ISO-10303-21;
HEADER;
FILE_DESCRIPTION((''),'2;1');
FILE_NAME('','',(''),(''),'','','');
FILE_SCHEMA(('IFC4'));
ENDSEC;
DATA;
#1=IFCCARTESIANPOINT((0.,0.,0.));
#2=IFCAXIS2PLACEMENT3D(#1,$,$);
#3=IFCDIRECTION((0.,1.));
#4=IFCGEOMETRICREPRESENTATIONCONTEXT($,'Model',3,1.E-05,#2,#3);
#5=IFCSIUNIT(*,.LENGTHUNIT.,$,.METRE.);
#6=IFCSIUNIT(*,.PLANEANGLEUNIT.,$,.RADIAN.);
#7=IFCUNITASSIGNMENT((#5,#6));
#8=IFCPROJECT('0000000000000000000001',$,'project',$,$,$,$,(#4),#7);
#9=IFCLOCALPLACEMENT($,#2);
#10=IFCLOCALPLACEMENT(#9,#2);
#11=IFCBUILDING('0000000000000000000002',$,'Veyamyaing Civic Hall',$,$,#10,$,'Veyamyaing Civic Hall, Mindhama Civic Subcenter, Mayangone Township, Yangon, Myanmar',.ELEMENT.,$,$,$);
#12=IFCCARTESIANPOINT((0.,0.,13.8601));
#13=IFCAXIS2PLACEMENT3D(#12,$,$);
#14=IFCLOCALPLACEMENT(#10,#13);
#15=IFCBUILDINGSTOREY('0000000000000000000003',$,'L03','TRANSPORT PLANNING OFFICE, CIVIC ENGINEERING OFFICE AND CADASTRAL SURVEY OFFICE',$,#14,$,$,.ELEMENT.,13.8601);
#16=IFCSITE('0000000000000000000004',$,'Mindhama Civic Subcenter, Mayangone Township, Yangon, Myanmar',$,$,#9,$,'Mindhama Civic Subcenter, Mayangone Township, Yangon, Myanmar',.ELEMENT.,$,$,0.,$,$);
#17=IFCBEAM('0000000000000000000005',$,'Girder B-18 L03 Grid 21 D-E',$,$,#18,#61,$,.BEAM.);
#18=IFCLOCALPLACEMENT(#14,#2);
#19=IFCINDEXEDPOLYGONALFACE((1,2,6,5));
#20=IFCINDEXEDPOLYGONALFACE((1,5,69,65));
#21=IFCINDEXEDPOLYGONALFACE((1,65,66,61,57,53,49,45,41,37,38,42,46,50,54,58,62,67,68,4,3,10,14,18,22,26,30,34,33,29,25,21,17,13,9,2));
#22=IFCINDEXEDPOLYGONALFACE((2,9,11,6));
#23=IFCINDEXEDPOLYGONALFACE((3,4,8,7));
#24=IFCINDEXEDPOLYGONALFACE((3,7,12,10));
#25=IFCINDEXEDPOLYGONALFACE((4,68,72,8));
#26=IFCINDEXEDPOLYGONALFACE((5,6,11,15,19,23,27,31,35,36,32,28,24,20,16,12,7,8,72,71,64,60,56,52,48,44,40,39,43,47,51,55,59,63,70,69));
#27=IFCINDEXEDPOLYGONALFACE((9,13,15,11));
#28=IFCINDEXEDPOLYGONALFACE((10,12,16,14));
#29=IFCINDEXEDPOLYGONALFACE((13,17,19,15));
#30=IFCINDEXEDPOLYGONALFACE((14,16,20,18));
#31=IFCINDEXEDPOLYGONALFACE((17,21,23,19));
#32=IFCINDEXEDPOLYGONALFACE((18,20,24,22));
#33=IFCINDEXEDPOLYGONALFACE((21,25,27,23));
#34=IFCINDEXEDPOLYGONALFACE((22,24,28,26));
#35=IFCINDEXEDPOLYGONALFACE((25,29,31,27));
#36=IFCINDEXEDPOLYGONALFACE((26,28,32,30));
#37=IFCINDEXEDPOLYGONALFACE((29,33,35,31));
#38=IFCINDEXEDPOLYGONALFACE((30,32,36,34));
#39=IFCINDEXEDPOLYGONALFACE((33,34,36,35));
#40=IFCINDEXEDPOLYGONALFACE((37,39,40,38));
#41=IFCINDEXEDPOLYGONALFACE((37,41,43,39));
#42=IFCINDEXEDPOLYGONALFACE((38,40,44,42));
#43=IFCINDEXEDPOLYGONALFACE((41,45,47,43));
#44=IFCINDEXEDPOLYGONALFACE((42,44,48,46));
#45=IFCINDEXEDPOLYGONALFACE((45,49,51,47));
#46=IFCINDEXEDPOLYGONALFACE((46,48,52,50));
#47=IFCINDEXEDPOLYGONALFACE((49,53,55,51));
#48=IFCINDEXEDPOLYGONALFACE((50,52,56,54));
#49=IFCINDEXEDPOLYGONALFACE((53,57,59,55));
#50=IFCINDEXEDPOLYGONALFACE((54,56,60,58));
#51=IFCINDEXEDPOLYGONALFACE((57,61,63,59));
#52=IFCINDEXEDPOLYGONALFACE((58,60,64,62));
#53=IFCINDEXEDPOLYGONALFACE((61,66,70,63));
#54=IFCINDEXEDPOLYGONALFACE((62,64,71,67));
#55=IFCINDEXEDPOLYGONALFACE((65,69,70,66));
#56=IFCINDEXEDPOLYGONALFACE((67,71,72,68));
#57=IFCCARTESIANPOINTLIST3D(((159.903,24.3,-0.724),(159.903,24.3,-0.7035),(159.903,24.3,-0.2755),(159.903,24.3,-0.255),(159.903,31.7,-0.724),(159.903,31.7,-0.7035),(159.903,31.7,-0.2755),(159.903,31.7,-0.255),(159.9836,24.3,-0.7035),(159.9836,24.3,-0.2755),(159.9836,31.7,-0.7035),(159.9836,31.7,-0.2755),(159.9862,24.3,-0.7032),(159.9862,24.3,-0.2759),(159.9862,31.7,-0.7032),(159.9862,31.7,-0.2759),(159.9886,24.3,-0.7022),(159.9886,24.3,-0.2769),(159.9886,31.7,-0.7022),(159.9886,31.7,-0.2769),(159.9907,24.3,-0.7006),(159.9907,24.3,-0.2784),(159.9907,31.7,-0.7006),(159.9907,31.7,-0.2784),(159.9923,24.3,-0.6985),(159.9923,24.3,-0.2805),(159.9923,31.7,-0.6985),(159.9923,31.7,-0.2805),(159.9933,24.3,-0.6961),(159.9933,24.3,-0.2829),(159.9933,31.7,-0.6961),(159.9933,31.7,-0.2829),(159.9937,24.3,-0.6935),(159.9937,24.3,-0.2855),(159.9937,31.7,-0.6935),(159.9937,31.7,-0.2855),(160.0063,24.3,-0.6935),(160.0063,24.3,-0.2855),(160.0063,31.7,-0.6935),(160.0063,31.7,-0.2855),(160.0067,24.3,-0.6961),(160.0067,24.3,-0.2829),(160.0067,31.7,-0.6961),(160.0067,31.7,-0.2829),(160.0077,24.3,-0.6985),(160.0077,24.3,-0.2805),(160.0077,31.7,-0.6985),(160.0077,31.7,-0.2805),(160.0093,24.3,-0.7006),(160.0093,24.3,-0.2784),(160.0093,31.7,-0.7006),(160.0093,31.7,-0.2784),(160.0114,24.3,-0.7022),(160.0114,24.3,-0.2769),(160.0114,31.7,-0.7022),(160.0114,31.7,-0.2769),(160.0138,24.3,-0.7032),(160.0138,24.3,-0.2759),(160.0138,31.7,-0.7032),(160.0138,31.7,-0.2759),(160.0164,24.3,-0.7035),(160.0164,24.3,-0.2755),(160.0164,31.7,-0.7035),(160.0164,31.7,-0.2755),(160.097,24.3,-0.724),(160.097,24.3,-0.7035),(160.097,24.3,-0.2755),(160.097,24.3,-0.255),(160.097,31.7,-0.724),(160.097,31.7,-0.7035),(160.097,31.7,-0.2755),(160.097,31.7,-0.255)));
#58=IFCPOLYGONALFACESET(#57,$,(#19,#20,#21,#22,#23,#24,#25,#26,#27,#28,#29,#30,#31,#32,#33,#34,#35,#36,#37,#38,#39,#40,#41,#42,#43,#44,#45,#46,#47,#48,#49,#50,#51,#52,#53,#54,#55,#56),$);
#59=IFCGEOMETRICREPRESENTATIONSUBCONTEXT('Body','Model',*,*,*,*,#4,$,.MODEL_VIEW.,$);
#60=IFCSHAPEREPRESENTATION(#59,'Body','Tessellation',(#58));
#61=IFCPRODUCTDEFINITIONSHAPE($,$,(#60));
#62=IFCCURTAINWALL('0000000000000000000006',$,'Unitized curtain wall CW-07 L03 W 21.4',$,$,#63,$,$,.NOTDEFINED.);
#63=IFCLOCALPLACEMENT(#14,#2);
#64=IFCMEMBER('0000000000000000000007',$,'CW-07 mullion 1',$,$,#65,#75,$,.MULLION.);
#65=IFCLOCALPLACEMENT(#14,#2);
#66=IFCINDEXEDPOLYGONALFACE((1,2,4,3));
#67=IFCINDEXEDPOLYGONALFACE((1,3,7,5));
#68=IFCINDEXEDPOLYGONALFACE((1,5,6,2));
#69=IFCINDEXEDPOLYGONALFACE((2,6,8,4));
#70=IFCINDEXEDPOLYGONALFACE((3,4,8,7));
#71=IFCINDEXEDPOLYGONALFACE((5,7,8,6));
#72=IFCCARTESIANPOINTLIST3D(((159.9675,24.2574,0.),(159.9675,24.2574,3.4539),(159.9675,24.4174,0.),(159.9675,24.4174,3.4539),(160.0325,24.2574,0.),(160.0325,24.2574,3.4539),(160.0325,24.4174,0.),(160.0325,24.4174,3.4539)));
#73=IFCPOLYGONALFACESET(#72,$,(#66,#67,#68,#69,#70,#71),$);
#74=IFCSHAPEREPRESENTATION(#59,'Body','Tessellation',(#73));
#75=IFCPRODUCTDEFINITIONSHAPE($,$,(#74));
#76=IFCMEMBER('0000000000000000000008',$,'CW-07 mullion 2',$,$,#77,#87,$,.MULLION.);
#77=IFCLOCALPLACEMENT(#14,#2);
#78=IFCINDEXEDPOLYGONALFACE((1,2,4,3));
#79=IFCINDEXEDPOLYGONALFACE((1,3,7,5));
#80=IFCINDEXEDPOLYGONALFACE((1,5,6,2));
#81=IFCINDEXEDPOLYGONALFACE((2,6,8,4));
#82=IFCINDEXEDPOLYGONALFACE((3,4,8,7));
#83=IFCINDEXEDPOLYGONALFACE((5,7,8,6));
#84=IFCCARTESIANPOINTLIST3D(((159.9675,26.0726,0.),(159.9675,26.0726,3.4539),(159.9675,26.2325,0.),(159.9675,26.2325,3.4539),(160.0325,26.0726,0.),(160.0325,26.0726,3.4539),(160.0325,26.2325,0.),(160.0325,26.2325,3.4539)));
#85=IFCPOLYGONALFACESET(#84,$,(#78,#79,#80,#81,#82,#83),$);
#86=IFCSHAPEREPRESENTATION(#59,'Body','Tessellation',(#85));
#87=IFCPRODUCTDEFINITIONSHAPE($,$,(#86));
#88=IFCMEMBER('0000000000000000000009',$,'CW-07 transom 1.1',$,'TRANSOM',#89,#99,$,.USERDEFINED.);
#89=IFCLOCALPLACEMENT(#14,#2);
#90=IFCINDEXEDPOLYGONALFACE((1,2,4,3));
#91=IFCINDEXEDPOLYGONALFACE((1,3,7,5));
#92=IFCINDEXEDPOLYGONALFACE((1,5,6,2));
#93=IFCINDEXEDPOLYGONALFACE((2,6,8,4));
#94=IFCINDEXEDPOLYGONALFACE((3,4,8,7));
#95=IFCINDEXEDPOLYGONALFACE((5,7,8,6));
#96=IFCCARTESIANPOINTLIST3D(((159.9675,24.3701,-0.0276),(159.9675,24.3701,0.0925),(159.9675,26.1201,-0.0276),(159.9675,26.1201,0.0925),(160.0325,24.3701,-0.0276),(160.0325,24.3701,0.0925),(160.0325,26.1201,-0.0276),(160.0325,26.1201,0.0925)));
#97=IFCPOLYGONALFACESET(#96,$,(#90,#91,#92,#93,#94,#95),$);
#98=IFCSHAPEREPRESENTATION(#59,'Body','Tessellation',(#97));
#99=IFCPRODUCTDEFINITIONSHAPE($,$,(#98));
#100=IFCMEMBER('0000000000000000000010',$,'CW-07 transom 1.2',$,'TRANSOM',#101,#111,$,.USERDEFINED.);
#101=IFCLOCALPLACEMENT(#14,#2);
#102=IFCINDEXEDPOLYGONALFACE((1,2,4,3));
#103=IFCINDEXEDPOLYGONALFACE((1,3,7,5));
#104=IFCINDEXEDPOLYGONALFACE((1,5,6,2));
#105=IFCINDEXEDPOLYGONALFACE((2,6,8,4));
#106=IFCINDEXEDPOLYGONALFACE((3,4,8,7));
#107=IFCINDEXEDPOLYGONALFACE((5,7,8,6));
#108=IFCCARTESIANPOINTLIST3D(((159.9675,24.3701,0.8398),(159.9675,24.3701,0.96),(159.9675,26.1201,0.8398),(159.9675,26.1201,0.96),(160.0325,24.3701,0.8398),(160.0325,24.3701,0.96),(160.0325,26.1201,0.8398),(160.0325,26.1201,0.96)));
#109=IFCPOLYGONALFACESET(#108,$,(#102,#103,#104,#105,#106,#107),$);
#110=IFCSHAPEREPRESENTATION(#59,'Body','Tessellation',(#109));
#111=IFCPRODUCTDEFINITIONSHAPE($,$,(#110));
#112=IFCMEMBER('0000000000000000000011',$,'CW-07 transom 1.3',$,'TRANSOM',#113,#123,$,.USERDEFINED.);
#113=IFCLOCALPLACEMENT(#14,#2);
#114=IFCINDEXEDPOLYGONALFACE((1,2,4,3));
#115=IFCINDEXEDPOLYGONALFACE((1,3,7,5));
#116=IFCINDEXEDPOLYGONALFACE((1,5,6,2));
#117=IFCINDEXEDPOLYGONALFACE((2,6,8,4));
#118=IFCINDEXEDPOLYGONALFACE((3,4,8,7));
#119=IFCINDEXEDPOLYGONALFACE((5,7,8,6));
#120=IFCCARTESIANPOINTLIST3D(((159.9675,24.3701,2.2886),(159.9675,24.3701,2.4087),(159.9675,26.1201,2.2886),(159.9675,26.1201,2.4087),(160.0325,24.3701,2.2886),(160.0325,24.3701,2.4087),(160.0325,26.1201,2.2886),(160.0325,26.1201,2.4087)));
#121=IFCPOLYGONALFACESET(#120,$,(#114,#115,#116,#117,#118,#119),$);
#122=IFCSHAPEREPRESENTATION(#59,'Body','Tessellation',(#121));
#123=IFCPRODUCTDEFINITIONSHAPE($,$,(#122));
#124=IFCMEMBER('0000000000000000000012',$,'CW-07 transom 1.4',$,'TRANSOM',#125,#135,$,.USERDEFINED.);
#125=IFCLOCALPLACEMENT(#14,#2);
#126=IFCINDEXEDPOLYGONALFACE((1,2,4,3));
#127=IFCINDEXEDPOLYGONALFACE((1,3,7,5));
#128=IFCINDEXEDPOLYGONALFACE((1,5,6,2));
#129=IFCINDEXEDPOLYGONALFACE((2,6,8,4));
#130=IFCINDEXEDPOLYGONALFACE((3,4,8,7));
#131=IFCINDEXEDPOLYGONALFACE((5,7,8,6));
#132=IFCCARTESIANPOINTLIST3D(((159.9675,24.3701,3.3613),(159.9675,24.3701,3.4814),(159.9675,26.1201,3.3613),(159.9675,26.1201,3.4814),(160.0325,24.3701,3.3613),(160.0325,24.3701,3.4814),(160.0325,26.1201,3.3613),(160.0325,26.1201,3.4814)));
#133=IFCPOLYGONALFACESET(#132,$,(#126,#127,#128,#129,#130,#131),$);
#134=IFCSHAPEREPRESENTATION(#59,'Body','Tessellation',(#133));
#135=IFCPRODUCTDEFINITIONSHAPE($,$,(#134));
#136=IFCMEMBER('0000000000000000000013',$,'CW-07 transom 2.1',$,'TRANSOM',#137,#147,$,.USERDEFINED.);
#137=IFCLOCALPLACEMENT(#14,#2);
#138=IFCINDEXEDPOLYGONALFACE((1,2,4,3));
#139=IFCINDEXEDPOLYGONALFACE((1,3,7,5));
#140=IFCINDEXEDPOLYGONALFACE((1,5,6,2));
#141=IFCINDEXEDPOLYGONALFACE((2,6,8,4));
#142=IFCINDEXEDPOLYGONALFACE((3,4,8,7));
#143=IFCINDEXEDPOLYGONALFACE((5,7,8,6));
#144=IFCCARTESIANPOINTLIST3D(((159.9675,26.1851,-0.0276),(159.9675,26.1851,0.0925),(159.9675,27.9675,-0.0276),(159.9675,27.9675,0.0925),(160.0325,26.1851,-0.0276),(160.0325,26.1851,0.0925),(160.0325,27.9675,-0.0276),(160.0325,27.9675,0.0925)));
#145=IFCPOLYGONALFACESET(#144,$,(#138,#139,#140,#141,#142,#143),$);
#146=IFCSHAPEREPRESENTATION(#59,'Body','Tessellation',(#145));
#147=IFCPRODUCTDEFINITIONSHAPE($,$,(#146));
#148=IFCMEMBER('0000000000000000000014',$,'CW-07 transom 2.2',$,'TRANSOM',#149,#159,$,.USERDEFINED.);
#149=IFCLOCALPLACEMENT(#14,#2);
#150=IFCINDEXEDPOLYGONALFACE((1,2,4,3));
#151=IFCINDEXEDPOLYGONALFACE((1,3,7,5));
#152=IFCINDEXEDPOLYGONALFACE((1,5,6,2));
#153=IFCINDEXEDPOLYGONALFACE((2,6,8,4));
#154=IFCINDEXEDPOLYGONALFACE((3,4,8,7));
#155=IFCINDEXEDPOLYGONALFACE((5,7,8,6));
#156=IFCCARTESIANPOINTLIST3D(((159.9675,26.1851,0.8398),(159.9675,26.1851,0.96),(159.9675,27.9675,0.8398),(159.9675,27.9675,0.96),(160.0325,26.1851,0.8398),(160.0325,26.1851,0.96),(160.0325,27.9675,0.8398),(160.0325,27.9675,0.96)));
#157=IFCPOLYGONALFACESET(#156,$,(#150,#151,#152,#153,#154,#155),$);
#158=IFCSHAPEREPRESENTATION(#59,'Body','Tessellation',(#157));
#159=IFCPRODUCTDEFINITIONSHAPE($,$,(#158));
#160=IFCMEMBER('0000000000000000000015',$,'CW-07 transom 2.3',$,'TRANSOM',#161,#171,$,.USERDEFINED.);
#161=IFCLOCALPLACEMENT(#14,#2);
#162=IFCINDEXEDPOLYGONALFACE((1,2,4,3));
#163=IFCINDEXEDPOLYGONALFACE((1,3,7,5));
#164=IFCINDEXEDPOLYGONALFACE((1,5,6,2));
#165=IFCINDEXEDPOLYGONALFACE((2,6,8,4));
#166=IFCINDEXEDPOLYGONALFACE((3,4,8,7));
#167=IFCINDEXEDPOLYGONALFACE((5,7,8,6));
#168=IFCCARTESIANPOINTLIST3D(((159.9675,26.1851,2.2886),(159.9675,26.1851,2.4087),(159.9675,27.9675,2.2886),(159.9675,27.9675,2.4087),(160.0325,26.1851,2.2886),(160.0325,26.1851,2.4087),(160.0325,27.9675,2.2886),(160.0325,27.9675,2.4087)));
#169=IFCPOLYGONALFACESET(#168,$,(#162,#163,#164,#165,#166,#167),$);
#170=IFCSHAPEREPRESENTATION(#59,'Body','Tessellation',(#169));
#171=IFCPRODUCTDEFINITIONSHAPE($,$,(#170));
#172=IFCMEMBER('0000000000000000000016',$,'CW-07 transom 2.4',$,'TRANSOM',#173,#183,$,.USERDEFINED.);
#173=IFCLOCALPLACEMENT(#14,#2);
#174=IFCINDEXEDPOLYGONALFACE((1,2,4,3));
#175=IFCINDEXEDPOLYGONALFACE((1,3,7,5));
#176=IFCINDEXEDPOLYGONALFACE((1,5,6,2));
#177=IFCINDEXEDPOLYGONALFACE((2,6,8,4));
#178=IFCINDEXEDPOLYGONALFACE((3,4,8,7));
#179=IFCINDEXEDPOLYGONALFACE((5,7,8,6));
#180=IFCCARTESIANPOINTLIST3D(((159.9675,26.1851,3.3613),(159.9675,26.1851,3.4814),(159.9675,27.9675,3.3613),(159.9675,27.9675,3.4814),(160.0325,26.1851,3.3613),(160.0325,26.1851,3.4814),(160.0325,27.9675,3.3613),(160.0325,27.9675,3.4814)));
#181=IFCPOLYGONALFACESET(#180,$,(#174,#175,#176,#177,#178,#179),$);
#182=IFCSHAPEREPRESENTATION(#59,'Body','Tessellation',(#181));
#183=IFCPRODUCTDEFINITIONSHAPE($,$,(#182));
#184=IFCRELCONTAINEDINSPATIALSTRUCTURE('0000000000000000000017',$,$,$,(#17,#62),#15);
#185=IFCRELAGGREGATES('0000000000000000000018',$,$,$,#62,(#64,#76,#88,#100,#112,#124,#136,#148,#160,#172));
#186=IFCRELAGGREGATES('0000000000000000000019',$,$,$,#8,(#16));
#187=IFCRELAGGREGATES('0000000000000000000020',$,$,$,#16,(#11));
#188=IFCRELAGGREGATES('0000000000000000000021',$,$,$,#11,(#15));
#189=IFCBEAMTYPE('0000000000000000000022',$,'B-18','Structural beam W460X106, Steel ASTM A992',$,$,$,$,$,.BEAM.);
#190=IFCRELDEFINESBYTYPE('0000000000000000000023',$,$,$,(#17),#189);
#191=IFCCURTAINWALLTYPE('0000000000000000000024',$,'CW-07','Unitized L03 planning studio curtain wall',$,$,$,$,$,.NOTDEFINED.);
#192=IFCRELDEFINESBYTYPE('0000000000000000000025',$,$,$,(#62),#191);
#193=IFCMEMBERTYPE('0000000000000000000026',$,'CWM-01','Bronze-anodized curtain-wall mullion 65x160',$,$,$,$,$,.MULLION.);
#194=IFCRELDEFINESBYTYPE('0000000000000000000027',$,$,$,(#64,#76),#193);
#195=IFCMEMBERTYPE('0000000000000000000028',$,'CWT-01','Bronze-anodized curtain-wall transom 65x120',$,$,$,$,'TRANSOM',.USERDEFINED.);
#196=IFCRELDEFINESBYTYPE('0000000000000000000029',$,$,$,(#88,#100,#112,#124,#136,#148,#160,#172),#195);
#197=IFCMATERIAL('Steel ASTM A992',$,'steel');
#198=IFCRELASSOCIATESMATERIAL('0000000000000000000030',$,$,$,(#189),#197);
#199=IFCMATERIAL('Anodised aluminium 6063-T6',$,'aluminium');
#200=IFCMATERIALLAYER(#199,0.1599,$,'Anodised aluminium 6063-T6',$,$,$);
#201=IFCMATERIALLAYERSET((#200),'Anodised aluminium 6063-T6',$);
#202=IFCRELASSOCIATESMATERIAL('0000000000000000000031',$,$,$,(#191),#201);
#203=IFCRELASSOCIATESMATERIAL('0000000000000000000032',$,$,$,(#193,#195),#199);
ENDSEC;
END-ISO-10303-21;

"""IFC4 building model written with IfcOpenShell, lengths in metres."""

from ifc_helpers import new_model, si_unit, direction, frame, origin, origin_2d, place, context, subcontext, project, spatial, rectangle, i_section, extrude, material, layer, layer_set, material_profile, profile_set, type_object, element, aggregate, save


model = new_model("IFC4")

# Units and contexts
model_context = context("Model", 3, precision=1e-05, world=origin(), true_north=direction((0.0, 1.0)))
body_context = subcontext(model_context, "Body", "Model", "MODEL_VIEW")
ifc_project = project(units=[si_unit("LENGTHUNIT", "METRE"), si_unit("PLANEANGLEUNIT", "RADIAN")], contexts=[model_context])

# Site, building, storey
site_placement = place(None, origin())
site = spatial("IfcSite", under=ifc_project, at=site_placement, Name="Mindhama Civic Subcenter, Mayangone Township, Yangon, Myanmar", LongName="Mindhama Civic Subcenter, Mayangone Township, Yangon, Myanmar", CompositionType="ELEMENT", RefElevation=0.0)
building_placement = place(site_placement, origin())
building = spatial("IfcBuilding", under=site, at=building_placement, Name="Veyamyaing Civic Hall", LongName="Veyamyaing Civic Hall, Mindhama Civic Subcenter, Mayangone Township, Yangon, Myanmar", CompositionType="ELEMENT")
storey_placement = place(building_placement, frame((0.0, 0.0, 13.8601)))
storey = spatial("IfcBuildingStorey", under=building, at=storey_placement, Name="L03", Description="TRANSPORT PLANNING OFFICE, CIVIC ENGINEERING OFFICE AND CADASTRAL SURVEY OFFICE", CompositionType="ELEMENT", Elevation=13.8601)

# Beam
ifc_material_1 = material(Name="Steel ASTM A992", Category="steel")
ifc_material_profile_1 = material_profile(ifc_material_1, i_section(OverallWidth=0.1941, OverallDepth=0.469, WebThickness=0.0127, FlangeThickness=0.0205, FilletRadius=0.01, at=origin_2d()), Name="W460X106")
ifc_profile_set_1 = profile_set([ifc_material_profile_1], Name="Steel ASTM A992")
beam_type_1 = type_object("IfcBeamType", Name="B-18", Description="Structural beam W460X106, Steel ASTM A992", PredefinedType="BEAM", material=ifc_profile_set_1)
for number, where, z_axis, x_axis, name in (
    (1, (160.0, 24.3, -0.4895), (0.0, 1.0, 0.0), (-1.0, 0.0, 0.0), "Girder B-18 L03 Grid 21 D-E"),
):
    element("IfcBeam", number, at=place(storey_placement, frame(where, z_axis=z_axis, x_axis=x_axis)), inside=storey, type_object=beam_type_1, Name=name, PredefinedType="BEAM", context=body_context, shape_type="SweptSolid", body=[
        extrude(i_section(OverallWidth=0.1941, OverallDepth=0.469, WebThickness=0.0127, FlangeThickness=0.0205, FilletRadius=0.01, at=origin_2d()), origin(), (0.0, 0.0, 1.0), 7.3999),
    ])

# Curtain wall, members
ifc_material_2 = material(Name="Anodised aluminium 6063-T6", Category="aluminium")
ifc_layer_1 = layer(ifc_material_2, 0.1599, Name="Anodised aluminium 6063-T6")
ifc_layer_set_1 = layer_set([ifc_layer_1], Name="Anodised aluminium 6063-T6")
curtain_wall_type = type_object("IfcCurtainWallType", Name="CW-07", Description="Unitized L03 planning studio curtain wall", PredefinedType="NOTDEFINED", material=ifc_layer_set_1)
curtain_wall_placement = place(storey_placement, origin())
curtain_wall = element("IfcCurtainWall", 2, at=curtain_wall_placement, inside=storey, type_object=curtain_wall_type, Name="Unitized curtain wall CW-07 L03 W 21.4", PredefinedType="NOTDEFINED")
ifc_material_profile_2 = material_profile(ifc_material_2, rectangle(XDim=0.0649, YDim=0.1599, at=origin_2d()), Name="ALU-MUL-65X160")
ifc_profile_set_2 = profile_set([ifc_material_profile_2], Name="Anodised aluminium 6063-T6")
member_type_1 = type_object("IfcMemberType", Name="CWM-01", Description="Bronze-anodized curtain-wall mullion 65x160", PredefinedType="MULLION", material=ifc_profile_set_2)
member_1_placement = place(storey_placement, frame((160.0, 24.3374, 0.0), z_axis=(0.0, 0.0, 1.0), x_axis=(-1.0, 0.0, 0.0)))
member_1 = element("IfcMember", 3, at=member_1_placement, type_object=member_type_1, Name="CW-07 mullion 1", PredefinedType="MULLION", context=body_context, shape_type="SweptSolid", body=[
    extrude(rectangle(XDim=0.0649, YDim=0.1599, at=origin_2d()), origin(), (0.0, 0.0, 1.0), 3.4539),
])
member_2_placement = place(storey_placement, frame((160.0, 26.1526, 0.0), z_axis=(0.0, 0.0, 1.0), x_axis=(-1.0, 0.0, 0.0)))
member_2 = element("IfcMember", 4, at=member_2_placement, type_object=member_type_1, Name="CW-07 mullion 2", PredefinedType="MULLION", context=body_context, shape_type="SweptSolid", body=[
    extrude(rectangle(XDim=0.0649, YDim=0.1599, at=origin_2d()), origin(), (0.0, 0.0, 1.0), 3.4539),
])
ifc_material_profile_3 = material_profile(ifc_material_2, rectangle(XDim=0.0649, YDim=0.1201, at=origin_2d()), Name="ALU-TRN-65X120")
ifc_profile_set_3 = profile_set([ifc_material_profile_3], Name="Anodised aluminium 6063-T6")
member_type_2 = type_object("IfcMemberType", Name="CWT-01", Description="Bronze-anodized curtain-wall transom 65x120", ElementType="TRANSOM", PredefinedType="USERDEFINED", material=ifc_profile_set_3)
member_3_placement = place(storey_placement, frame((160.0, 24.3701, 0.0325), z_axis=(0.0, 1.0, 0.0), x_axis=(-1.0, 0.0, 0.0)))
member_3 = element("IfcMember", 5, at=member_3_placement, type_object=member_type_2, Name="CW-07 transom 1.1", ObjectType="TRANSOM", PredefinedType="USERDEFINED", context=body_context, shape_type="SweptSolid", body=[
    extrude(rectangle(XDim=0.0649, YDim=0.1201, at=origin_2d()), origin(), (0.0, 0.0, 1.0), 1.75),
])
member_4_placement = place(storey_placement, frame((160.0, 24.3701, 0.8999), z_axis=(0.0, 1.0, 0.0), x_axis=(-1.0, 0.0, 0.0)))
member_4 = element("IfcMember", 6, at=member_4_placement, type_object=member_type_2, Name="CW-07 transom 1.2", ObjectType="TRANSOM", PredefinedType="USERDEFINED", context=body_context, shape_type="SweptSolid", body=[
    extrude(rectangle(XDim=0.0649, YDim=0.1201, at=origin_2d()), origin(), (0.0, 0.0, 1.0), 1.75),
])
member_5_placement = place(storey_placement, frame((160.0, 24.3701, 2.3486), z_axis=(0.0, 1.0, 0.0), x_axis=(-1.0, 0.0, 0.0)))
member_5 = element("IfcMember", 7, at=member_5_placement, type_object=member_type_2, Name="CW-07 transom 1.3", ObjectType="TRANSOM", PredefinedType="USERDEFINED", context=body_context, shape_type="SweptSolid", body=[
    extrude(rectangle(XDim=0.0649, YDim=0.1201, at=origin_2d()), origin(), (0.0, 0.0, 1.0), 1.75),
])
member_6_placement = place(storey_placement, frame((160.0, 24.3701, 3.4214), z_axis=(0.0, 1.0, 0.0), x_axis=(-1.0, 0.0, 0.0)))
member_6 = element("IfcMember", 8, at=member_6_placement, type_object=member_type_2, Name="CW-07 transom 1.4", ObjectType="TRANSOM", PredefinedType="USERDEFINED", context=body_context, shape_type="SweptSolid", body=[
    extrude(rectangle(XDim=0.0649, YDim=0.1201, at=origin_2d()), origin(), (0.0, 0.0, 1.0), 1.75),
])
member_7_placement = place(storey_placement, frame((160.0, 26.1851, 0.0325), z_axis=(0.0, 1.0, 0.0), x_axis=(-1.0, 0.0, 0.0)))
member_7 = element("IfcMember", 9, at=member_7_placement, type_object=member_type_2, Name="CW-07 transom 2.1", ObjectType="TRANSOM", PredefinedType="USERDEFINED", context=body_context, shape_type="SweptSolid", body=[
    extrude(rectangle(XDim=0.0649, YDim=0.1201, at=origin_2d()), origin(), (0.0, 0.0, 1.0), 1.7825),
])
member_8_placement = place(storey_placement, frame((160.0, 26.1851, 0.8999), z_axis=(0.0, 1.0, 0.0), x_axis=(-1.0, 0.0, 0.0)))
member_8 = element("IfcMember", 10, at=member_8_placement, type_object=member_type_2, Name="CW-07 transom 2.2", ObjectType="TRANSOM", PredefinedType="USERDEFINED", context=body_context, shape_type="SweptSolid", body=[
    extrude(rectangle(XDim=0.0649, YDim=0.1201, at=origin_2d()), origin(), (0.0, 0.0, 1.0), 1.7825),
])
member_9_placement = place(storey_placement, frame((160.0, 26.1851, 2.3486), z_axis=(0.0, 1.0, 0.0), x_axis=(-1.0, 0.0, 0.0)))
member_9 = element("IfcMember", 11, at=member_9_placement, type_object=member_type_2, Name="CW-07 transom 2.3", ObjectType="TRANSOM", PredefinedType="USERDEFINED", context=body_context, shape_type="SweptSolid", body=[
    extrude(rectangle(XDim=0.0649, YDim=0.1201, at=origin_2d()), origin(), (0.0, 0.0, 1.0), 1.7825),
])
member_10_placement = place(storey_placement, frame((160.0, 26.1851, 3.4214), z_axis=(0.0, 1.0, 0.0), x_axis=(-1.0, 0.0, 0.0)))
member_10 = element("IfcMember", 12, at=member_10_placement, type_object=member_type_2, Name="CW-07 transom 2.4", ObjectType="TRANSOM", PredefinedType="USERDEFINED", context=body_context, shape_type="SweptSolid", body=[
    extrude(rectangle(XDim=0.0649, YDim=0.1201, at=origin_2d()), origin(), (0.0, 0.0, 1.0), 1.7825),
])

aggregate(curtain_wall, [member_1, member_2, member_3, member_4, member_5, member_6, member_7, member_8, member_9, member_10])

save(model, "model.ifc")
